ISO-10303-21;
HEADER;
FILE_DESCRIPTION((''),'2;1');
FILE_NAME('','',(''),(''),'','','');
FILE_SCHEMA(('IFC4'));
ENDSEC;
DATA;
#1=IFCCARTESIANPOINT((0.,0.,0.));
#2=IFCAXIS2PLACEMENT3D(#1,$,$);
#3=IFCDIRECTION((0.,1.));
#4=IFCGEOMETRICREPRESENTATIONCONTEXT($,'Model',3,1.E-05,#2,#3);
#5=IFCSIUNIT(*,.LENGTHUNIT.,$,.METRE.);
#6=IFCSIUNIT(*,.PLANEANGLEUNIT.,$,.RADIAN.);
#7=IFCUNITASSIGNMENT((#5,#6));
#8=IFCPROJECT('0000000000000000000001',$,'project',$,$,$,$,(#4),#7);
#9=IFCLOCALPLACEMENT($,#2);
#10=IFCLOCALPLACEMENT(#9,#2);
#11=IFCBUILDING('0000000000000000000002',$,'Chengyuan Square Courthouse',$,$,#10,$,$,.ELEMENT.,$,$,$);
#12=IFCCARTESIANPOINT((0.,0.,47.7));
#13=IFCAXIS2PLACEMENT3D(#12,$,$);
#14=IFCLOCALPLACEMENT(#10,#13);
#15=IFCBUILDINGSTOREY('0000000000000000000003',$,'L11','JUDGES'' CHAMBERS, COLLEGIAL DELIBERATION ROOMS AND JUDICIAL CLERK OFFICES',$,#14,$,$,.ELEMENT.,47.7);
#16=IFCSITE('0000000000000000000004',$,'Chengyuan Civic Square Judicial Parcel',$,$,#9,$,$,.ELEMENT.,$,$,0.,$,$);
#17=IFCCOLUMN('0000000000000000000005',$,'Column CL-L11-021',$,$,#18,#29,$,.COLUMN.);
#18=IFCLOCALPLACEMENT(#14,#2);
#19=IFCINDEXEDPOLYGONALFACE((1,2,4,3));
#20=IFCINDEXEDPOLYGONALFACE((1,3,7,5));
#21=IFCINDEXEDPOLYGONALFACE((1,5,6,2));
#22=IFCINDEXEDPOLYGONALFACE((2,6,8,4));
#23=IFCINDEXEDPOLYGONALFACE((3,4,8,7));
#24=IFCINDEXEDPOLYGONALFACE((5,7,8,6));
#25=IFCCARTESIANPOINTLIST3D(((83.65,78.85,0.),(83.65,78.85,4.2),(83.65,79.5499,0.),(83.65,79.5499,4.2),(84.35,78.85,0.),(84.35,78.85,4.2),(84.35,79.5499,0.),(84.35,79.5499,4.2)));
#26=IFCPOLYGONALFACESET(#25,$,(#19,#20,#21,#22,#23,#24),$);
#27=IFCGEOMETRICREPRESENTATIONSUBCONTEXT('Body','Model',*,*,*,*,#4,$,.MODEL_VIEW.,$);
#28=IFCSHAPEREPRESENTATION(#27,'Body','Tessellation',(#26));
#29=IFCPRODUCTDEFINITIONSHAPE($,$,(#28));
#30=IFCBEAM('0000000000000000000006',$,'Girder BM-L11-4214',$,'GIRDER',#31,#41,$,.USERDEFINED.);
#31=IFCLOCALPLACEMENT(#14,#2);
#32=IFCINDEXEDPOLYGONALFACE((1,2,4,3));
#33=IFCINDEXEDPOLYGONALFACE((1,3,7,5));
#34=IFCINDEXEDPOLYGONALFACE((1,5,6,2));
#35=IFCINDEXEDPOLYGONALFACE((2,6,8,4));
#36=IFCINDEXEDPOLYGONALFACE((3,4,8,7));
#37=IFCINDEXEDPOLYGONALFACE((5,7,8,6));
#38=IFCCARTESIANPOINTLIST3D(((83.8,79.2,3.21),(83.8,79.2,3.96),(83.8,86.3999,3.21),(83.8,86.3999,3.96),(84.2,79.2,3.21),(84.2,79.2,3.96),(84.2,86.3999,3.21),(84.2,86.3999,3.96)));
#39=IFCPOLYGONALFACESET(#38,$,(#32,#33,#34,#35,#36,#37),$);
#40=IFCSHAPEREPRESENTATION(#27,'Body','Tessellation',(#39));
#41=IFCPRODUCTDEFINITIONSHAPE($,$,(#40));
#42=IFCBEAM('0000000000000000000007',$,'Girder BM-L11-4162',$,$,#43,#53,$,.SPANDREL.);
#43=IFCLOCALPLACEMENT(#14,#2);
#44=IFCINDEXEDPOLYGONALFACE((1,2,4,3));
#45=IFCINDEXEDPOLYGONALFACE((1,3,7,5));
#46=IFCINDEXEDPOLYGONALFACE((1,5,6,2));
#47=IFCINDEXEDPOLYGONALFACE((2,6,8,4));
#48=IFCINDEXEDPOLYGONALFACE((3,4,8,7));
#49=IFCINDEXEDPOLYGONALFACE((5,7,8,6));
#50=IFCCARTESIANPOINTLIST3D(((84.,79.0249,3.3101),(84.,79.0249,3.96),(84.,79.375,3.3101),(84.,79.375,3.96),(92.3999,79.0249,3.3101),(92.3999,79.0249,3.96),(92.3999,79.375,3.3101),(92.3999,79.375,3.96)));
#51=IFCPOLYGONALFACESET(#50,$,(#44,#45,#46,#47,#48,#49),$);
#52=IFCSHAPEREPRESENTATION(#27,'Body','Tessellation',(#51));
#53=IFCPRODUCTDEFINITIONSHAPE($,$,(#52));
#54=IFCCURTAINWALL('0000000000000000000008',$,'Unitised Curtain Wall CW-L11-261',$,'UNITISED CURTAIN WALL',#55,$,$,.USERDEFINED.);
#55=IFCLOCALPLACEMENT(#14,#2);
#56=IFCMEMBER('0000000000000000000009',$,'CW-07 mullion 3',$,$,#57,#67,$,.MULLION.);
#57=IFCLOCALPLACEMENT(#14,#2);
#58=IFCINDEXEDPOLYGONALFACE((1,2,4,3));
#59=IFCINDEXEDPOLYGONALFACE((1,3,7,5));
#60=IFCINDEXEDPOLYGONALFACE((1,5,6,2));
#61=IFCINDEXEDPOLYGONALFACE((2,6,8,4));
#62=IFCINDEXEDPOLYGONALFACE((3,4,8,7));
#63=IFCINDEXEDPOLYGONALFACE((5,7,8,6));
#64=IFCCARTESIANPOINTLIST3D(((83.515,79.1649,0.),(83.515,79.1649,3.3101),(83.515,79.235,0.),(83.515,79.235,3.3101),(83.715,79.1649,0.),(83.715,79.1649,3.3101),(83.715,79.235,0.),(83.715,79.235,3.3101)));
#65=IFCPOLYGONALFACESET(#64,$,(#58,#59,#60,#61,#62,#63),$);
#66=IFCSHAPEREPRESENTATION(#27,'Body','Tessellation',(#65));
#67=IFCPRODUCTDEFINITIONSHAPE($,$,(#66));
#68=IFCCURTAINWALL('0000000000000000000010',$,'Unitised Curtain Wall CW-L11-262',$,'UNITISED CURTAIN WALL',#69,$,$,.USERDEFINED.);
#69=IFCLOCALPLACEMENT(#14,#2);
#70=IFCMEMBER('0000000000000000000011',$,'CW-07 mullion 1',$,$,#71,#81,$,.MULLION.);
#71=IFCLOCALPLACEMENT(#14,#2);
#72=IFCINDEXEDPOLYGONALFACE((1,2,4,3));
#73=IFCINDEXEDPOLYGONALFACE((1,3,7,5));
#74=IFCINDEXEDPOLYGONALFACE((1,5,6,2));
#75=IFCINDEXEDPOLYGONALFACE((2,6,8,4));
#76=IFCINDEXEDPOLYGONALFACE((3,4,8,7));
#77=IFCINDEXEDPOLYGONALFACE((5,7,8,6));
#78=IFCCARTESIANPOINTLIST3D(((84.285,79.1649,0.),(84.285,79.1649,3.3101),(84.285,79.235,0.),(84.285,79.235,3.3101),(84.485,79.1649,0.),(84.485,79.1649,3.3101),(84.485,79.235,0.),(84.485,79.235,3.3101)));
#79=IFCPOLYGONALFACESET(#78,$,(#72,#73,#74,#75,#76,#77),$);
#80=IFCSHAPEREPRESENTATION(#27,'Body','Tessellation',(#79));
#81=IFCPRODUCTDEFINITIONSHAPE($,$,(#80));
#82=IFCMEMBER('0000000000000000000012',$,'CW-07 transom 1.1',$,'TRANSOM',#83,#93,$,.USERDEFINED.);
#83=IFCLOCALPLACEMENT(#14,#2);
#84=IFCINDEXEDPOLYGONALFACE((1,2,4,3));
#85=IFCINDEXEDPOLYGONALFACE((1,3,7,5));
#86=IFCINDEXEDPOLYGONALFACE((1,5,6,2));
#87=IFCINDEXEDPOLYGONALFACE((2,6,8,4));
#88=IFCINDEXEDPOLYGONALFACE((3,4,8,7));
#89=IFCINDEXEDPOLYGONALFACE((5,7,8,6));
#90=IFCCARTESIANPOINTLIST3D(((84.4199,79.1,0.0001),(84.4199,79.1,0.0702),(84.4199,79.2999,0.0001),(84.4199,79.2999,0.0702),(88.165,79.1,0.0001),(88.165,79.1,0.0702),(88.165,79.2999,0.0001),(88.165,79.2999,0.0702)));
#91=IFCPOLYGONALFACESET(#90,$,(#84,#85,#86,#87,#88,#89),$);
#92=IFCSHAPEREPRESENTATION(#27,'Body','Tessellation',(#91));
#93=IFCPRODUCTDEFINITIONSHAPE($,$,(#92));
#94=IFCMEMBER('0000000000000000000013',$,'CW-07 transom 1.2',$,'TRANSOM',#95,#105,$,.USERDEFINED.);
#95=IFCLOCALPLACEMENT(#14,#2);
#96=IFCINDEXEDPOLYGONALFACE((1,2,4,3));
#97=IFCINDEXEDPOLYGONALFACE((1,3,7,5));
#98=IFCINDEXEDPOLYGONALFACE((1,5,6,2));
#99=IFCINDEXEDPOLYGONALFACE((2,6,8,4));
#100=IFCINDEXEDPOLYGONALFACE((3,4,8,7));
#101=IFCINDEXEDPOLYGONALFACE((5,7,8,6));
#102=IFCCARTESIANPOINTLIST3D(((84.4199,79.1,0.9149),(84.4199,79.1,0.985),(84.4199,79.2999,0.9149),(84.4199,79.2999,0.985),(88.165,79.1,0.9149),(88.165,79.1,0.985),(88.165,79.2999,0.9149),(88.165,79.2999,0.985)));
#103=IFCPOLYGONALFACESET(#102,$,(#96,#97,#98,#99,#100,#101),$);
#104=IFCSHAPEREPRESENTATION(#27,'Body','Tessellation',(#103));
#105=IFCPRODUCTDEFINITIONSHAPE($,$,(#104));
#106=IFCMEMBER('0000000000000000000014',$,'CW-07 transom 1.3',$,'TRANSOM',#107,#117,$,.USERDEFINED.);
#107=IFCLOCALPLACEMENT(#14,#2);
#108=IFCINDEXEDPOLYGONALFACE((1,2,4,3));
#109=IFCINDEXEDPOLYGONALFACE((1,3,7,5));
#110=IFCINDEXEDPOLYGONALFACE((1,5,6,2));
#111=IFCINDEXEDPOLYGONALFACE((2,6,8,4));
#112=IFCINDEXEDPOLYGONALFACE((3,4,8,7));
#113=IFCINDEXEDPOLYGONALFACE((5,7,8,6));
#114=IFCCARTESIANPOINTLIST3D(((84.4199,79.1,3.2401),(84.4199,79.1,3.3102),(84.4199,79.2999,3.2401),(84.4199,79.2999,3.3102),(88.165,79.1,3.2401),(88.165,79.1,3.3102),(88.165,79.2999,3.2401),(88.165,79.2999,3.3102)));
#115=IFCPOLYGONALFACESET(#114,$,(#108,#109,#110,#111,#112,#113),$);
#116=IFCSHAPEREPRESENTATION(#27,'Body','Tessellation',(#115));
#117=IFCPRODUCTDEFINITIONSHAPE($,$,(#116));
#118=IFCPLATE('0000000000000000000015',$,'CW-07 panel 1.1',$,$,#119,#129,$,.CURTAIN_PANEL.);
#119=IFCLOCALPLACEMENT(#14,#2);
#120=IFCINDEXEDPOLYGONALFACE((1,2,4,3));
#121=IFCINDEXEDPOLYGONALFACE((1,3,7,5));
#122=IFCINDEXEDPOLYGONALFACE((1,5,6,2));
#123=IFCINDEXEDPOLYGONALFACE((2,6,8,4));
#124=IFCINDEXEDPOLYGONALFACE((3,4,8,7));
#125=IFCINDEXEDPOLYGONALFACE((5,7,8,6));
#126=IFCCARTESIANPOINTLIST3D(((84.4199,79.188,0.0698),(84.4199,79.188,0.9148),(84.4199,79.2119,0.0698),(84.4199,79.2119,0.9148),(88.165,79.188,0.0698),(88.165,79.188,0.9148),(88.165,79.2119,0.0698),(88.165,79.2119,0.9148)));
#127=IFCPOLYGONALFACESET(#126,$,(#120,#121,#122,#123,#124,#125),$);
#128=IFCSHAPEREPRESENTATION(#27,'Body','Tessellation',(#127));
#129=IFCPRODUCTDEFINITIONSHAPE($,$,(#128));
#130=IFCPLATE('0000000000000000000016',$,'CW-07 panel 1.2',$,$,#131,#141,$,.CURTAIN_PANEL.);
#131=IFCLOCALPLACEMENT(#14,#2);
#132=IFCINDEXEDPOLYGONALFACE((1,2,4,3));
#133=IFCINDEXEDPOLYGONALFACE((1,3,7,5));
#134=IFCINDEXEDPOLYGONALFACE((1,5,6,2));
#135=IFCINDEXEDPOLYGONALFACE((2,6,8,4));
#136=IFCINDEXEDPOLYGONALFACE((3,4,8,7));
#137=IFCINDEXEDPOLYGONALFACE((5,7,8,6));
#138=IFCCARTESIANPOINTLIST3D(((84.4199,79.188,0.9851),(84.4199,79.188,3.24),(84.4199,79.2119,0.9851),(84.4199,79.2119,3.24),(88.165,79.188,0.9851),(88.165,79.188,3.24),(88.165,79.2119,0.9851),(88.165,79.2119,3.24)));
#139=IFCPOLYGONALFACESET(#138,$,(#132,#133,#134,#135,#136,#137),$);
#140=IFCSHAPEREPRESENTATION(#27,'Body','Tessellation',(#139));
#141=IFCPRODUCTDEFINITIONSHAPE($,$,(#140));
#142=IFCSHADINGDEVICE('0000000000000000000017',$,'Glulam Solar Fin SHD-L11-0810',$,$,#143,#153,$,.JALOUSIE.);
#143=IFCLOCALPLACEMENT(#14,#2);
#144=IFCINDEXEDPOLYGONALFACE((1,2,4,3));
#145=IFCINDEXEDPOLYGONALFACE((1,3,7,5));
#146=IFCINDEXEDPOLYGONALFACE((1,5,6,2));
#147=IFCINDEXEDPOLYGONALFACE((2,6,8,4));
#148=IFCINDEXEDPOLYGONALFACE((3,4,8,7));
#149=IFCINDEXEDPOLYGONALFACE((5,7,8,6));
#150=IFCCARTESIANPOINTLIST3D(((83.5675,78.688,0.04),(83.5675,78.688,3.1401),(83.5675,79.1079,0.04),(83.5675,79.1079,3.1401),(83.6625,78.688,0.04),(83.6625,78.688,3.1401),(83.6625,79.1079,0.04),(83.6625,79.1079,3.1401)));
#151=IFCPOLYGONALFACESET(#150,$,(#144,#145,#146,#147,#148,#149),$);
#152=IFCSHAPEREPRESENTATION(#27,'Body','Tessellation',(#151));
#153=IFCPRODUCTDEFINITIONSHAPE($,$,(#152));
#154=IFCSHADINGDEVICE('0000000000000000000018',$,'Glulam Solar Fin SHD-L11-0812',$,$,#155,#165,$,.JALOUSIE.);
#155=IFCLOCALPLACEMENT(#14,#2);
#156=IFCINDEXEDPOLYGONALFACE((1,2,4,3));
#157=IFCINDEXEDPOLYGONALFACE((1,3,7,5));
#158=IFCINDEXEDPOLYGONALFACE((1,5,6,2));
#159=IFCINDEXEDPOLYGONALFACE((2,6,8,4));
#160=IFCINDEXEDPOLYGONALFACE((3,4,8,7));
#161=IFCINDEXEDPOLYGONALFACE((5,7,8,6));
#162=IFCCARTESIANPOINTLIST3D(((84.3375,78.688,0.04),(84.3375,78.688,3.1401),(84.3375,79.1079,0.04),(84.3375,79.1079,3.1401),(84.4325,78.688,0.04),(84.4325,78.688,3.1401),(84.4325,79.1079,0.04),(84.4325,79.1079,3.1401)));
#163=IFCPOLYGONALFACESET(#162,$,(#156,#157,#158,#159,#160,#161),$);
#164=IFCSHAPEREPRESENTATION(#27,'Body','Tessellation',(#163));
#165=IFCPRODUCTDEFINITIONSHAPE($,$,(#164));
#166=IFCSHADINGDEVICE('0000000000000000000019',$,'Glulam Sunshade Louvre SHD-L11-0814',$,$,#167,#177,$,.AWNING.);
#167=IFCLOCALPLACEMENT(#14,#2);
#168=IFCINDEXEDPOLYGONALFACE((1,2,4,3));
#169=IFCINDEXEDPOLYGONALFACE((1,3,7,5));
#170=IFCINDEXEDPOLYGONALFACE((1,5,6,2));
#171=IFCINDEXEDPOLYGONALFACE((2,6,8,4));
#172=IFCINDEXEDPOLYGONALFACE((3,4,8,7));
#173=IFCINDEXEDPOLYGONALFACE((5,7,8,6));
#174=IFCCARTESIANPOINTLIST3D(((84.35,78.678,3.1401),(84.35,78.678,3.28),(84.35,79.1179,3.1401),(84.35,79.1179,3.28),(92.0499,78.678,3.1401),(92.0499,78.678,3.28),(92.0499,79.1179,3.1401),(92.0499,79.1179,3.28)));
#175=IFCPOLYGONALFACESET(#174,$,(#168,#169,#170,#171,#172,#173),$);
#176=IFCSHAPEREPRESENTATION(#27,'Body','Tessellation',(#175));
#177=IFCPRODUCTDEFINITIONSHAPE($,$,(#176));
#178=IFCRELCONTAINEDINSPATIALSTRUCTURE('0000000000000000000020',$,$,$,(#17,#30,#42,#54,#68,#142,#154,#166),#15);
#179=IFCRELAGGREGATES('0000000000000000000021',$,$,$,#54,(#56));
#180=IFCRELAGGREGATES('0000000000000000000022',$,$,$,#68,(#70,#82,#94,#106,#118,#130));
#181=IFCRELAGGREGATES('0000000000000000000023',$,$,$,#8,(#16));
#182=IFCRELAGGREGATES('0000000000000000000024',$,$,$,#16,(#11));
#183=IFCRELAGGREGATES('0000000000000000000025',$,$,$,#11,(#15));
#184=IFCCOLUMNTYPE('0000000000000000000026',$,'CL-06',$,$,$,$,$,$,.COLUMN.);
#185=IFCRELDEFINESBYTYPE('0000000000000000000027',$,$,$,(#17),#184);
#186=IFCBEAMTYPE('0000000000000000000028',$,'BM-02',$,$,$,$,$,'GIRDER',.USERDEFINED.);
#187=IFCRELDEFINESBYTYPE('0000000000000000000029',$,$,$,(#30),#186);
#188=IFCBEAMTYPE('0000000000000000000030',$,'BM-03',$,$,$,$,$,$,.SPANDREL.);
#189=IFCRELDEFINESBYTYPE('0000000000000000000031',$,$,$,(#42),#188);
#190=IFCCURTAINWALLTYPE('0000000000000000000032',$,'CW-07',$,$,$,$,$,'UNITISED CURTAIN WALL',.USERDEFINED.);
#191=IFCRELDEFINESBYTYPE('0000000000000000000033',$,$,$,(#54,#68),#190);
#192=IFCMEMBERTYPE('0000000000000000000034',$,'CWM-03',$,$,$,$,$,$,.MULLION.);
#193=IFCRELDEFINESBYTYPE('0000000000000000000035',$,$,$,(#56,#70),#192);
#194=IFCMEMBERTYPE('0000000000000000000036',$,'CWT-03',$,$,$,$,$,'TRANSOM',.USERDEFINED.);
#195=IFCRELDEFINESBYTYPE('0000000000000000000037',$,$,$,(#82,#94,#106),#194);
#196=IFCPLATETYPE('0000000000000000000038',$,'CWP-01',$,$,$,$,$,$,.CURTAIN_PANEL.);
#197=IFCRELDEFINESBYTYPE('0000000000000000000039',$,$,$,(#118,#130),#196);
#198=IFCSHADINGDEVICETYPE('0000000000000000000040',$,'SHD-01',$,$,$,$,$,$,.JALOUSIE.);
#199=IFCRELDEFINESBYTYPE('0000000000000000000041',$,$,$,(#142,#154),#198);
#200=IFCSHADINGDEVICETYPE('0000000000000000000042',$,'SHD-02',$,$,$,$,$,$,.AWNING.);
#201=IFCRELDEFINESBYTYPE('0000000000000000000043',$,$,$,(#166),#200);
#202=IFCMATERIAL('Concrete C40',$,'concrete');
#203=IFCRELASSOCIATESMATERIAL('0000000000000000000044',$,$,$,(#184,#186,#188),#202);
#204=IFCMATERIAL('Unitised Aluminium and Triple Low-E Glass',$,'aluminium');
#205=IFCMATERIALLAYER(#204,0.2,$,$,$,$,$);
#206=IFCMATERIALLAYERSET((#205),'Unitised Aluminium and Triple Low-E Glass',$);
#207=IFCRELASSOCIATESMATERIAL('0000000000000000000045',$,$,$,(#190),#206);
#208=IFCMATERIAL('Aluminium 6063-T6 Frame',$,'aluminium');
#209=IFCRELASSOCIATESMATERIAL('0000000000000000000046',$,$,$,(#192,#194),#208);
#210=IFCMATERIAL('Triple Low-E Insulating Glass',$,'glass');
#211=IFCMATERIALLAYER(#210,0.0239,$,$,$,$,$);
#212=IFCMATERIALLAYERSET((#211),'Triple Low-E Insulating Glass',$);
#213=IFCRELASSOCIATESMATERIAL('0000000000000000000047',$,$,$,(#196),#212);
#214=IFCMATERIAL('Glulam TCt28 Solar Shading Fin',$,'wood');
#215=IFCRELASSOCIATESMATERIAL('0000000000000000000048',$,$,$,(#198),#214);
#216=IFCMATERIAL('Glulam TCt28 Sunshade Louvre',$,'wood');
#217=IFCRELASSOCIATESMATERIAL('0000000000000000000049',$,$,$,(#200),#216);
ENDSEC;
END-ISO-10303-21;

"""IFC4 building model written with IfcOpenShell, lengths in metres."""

from ifc_helpers import new_model, si_unit, direction, frame, origin, origin_2d, place, context, subcontext, project, spatial, rectangle, extrude, material, layer, layer_set, material_profile, profile_set, type_object, element, aggregate, save


model = new_model("IFC4")

# Units and contexts
model_context = context("Model", 3, precision=1e-05, world=origin(), true_north=direction((0.0, 1.0)))
body_context = subcontext(model_context, "Body", "Model", "MODEL_VIEW")
ifc_project = project(units=[si_unit("LENGTHUNIT", "METRE"), si_unit("PLANEANGLEUNIT", "RADIAN")], contexts=[model_context])

# Site, building, storey
site_placement = place(None, origin())
site = spatial("IfcSite", under=ifc_project, at=site_placement, Name="Chengyuan Civic Square Judicial Parcel", CompositionType="ELEMENT", RefElevation=0.0)
building_placement = place(site_placement, origin())
building = spatial("IfcBuilding", under=site, at=building_placement, Name="Chengyuan Square Courthouse", CompositionType="ELEMENT")
storey_placement = place(building_placement, frame((0.0, 0.0, 47.7)))
storey = spatial("IfcBuildingStorey", under=building, at=storey_placement, Name="L11", Description="JUDGES' CHAMBERS, COLLEGIAL DELIBERATION ROOMS AND JUDICIAL CLERK OFFICES", CompositionType="ELEMENT", Elevation=47.7)

# Column
ifc_material_1 = material(Name="Concrete C40", Category="concrete")
ifc_material_profile_1 = material_profile(ifc_material_1, rectangle(XDim=0.7, YDim=0.7, at=origin_2d()), Name="RC-COL-700x700")
ifc_profile_set_1 = profile_set([ifc_material_profile_1], Name="Concrete C40")
column_type = type_object("IfcColumnType", Name="CL-06", PredefinedType="COLUMN", material=ifc_profile_set_1)
column_placement = place(storey_placement, frame((84.0, 79.2, 0.0), z_axis=(0.0, 0.0, 1.0), x_axis=(1.0, 0.0, 0.0)))
element("IfcColumn", 1, at=column_placement, inside=storey, type_object=column_type, Name="Column CL-L11-021", PredefinedType="COLUMN", context=body_context, shape_type="SweptSolid", body=[
    extrude(rectangle(XDim=0.7, YDim=0.7, at=origin_2d()), origin(), (0.0, 0.0, 1.0), 4.2),
])

# Beams
ifc_material_profile_2 = material_profile(ifc_material_1, rectangle(XDim=0.3999, YDim=0.75, at=origin_2d()), Name="RC-BM-400x750")
ifc_profile_set_2 = profile_set([ifc_material_profile_2], Name="Concrete C40")
beam_type_1 = type_object("IfcBeamType", Name="BM-02", ElementType="GIRDER", PredefinedType="USERDEFINED", material=ifc_profile_set_2)
beam_1_placement = place(storey_placement, frame((84.0, 79.2, 3.585), z_axis=(0.0, 1.0, 0.0), x_axis=(-1.0, 0.0, 0.0)))
element("IfcBeam", 2, at=beam_1_placement, inside=storey, type_object=beam_type_1, Name="Girder BM-L11-4214", ObjectType="GIRDER", PredefinedType="USERDEFINED", context=body_context, shape_type="SweptSolid", body=[
    extrude(rectangle(XDim=0.3999, YDim=0.75, at=origin_2d()), origin(), (0.0, 0.0, 1.0), 7.2),
])
ifc_material_profile_3 = material_profile(ifc_material_1, rectangle(XDim=0.3501, YDim=0.6499, at=origin_2d()), Name="RC-BM-350x650")
ifc_profile_set_3 = profile_set([ifc_material_profile_3], Name="Concrete C40")
beam_type_2 = type_object("IfcBeamType", Name="BM-03", PredefinedType="SPANDREL", material=ifc_profile_set_3)
beam_2_placement = place(storey_placement, frame((84.0, 79.2, 3.635), z_axis=(1.0, 0.0, 0.0), x_axis=(0.0, 1.0, 0.0)))
element("IfcBeam", 3, at=beam_2_placement, inside=storey, type_object=beam_type_2, Name="Girder BM-L11-4162", PredefinedType="SPANDREL", context=body_context, shape_type="SweptSolid", body=[
    extrude(rectangle(XDim=0.3501, YDim=0.6499, at=origin_2d()), origin(), (0.0, 0.0, 1.0), 8.3999),
])

# Curtain wall, member
ifc_material_2 = material(Name="Unitised Aluminium and Triple Low-E Glass", Category="aluminium")
ifc_layer_1 = layer(ifc_material_2, 0.2)
ifc_layer_set_1 = layer_set([ifc_layer_1], Name="Unitised Aluminium and Triple Low-E Glass")
curtain_wall_type = type_object("IfcCurtainWallType", Name="CW-07", ElementType="UNITISED CURTAIN WALL", PredefinedType="USERDEFINED", material=ifc_layer_set_1)
curtain_wall_1_placement = place(storey_placement, origin())
curtain_wall_1 = element("IfcCurtainWall", 4, at=curtain_wall_1_placement, inside=storey, type_object=curtain_wall_type, Name="Unitised Curtain Wall CW-L11-261", ObjectType="UNITISED CURTAIN WALL", PredefinedType="USERDEFINED")
ifc_material_3 = material(Name="Aluminium 6063-T6 Frame", Category="aluminium")
ifc_material_profile_4 = material_profile(ifc_material_3, rectangle(XDim=0.0701, YDim=0.2, at=origin_2d()), Name="CW-MUL-70x200")
ifc_profile_set_4 = profile_set([ifc_material_profile_4], Name="Aluminium 6063-T6 Frame")
member_type_1 = type_object("IfcMemberType", Name="CWM-03", PredefinedType="MULLION", material=ifc_profile_set_4)
member_1_placement = place(storey_placement, frame((83.615, 79.2, 0.0), z_axis=(0.0, 0.0, 1.0), x_axis=(0.0, 1.0, 0.0)))
member_1 = element("IfcMember", 5, at=member_1_placement, type_object=member_type_1, Name="CW-07 mullion 3", PredefinedType="MULLION", context=body_context, shape_type="SweptSolid", body=[
    extrude(rectangle(XDim=0.0701, YDim=0.2, at=origin_2d()), origin(), (0.0, 0.0, 1.0), 3.3101),
])
aggregate(curtain_wall_1, [member_1])

# Curtain wall, members, plates
curtain_wall_2_placement = place(storey_placement, origin())
curtain_wall_2 = element("IfcCurtainWall", 6, at=curtain_wall_2_placement, inside=storey, type_object=curtain_wall_type, Name="Unitised Curtain Wall CW-L11-262", ObjectType="UNITISED CURTAIN WALL", PredefinedType="USERDEFINED")
member_2_placement = place(storey_placement, frame((84.385, 79.2, 0.0), z_axis=(0.0, 0.0, 1.0), x_axis=(0.0, 1.0, 0.0)))
member_2 = element("IfcMember", 7, at=member_2_placement, type_object=member_type_1, Name="CW-07 mullion 1", PredefinedType="MULLION", context=body_context, shape_type="SweptSolid", body=[
    extrude(rectangle(XDim=0.0701, YDim=0.2, at=origin_2d()), origin(), (0.0, 0.0, 1.0), 3.3101),
])
ifc_material_profile_5 = material_profile(ifc_material_3, rectangle(XDim=0.2, YDim=0.0701, at=origin_2d()), Name="CW-TRN-70x160")
ifc_profile_set_5 = profile_set([ifc_material_profile_5], Name="Aluminium 6063-T6 Frame")
member_type_2 = type_object("IfcMemberType", Name="CWT-03", ElementType="TRANSOM", PredefinedType="USERDEFINED", material=ifc_profile_set_5)
member_3_placement = place(storey_placement, frame((84.4199, 79.2, 0.0352), z_axis=(1.0, 0.0, 0.0), x_axis=(0.0, 1.0, 0.0)))
member_3 = element("IfcMember", 8, at=member_3_placement, type_object=member_type_2, Name="CW-07 transom 1.1", ObjectType="TRANSOM", PredefinedType="USERDEFINED", context=body_context, shape_type="SweptSolid", body=[
    extrude(rectangle(XDim=0.2, YDim=0.0701, at=origin_2d()), origin(), (0.0, 0.0, 1.0), 3.7451),
])
member_4_placement = place(storey_placement, frame((84.4199, 79.2, 0.95), z_axis=(1.0, 0.0, 0.0), x_axis=(0.0, 1.0, 0.0)))
member_4 = element("IfcMember", 9, at=member_4_placement, type_object=member_type_2, Name="CW-07 transom 1.2", ObjectType="TRANSOM", PredefinedType="USERDEFINED", context=body_context, shape_type="SweptSolid", body=[
    extrude(rectangle(XDim=0.2, YDim=0.0701, at=origin_2d()), origin(), (0.0, 0.0, 1.0), 3.7451),
])
member_5_placement = place(storey_placement, frame((84.4199, 79.2, 3.2751), z_axis=(1.0, 0.0, 0.0), x_axis=(0.0, 1.0, 0.0)))
member_5 = element("IfcMember", 10, at=member_5_placement, type_object=member_type_2, Name="CW-07 transom 1.3", ObjectType="TRANSOM", PredefinedType="USERDEFINED", context=body_context, shape_type="SweptSolid", body=[
    extrude(rectangle(XDim=0.2, YDim=0.0701, at=origin_2d()), origin(), (0.0, 0.0, 1.0), 3.7451),
])
ifc_material_4 = material(Name="Triple Low-E Insulating Glass", Category="glass")
ifc_layer_2 = layer(ifc_material_4, 0.0239)
ifc_layer_set_2 = layer_set([ifc_layer_2], Name="Triple Low-E Insulating Glass")
plate_type = type_object("IfcPlateType", Name="CWP-01", PredefinedType="CURTAIN_PANEL", material=ifc_layer_set_2)
plate_1_placement = place(storey_placement, frame((86.2925, 79.2, 0.0698), z_axis=(0.0, 0.0, 1.0), x_axis=(1.0, 0.0, 0.0)))
plate_1 = element("IfcPlate", 11, at=plate_1_placement, type_object=plate_type, Name="CW-07 panel 1.1", PredefinedType="CURTAIN_PANEL", context=body_context, shape_type="SweptSolid", body=[
    extrude(rectangle(XDim=3.7451, YDim=0.0239, at=origin_2d()), origin(), (0.0, 0.0, 1.0), 0.845),
])
plate_2_placement = place(storey_placement, frame((86.2925, 79.2, 0.9851), z_axis=(0.0, 0.0, 1.0), x_axis=(1.0, 0.0, 0.0)))
plate_2 = element("IfcPlate", 12, at=plate_2_placement, type_object=plate_type, Name="CW-07 panel 1.2", PredefinedType="CURTAIN_PANEL", context=body_context, shape_type="SweptSolid", body=[
    extrude(rectangle(XDim=3.7451, YDim=0.0239, at=origin_2d()), origin(), (0.0, 0.0, 1.0), 2.2549),
])
aggregate(curtain_wall_2, [member_2, member_3, member_4, member_5, plate_1, plate_2])

# Shading devices
ifc_material_5 = material(Name="Glulam TCt28 Solar Shading Fin", Category="wood")
shading_device_type_1 = type_object("IfcShadingDeviceType", Name="SHD-01", PredefinedType="JALOUSIE", material=ifc_material_5)
for number, where, z_axis, x_axis, name in (
    (13, (83.615, 78.8979, 0.04), (0.0, 0.0, 1.0), (0.0, 1.0, 0.0), "Glulam Solar Fin SHD-L11-0810"),
    (14, (84.385, 78.8979, 0.04), (0.0, 0.0, 1.0), (0.0, 1.0, 0.0), "Glulam Solar Fin SHD-L11-0812"),
):
    element("IfcShadingDevice", number, at=place(storey_placement, frame(where, z_axis=z_axis, x_axis=x_axis)), inside=storey, type_object=shading_device_type_1, Name=name, PredefinedType="JALOUSIE", context=body_context, shape_type="SweptSolid", body=[
        extrude(rectangle(XDim=0.4199, YDim=0.095, at=origin_2d()), origin(), (0.0, 0.0, 1.0), 3.1001),
    ])
ifc_material_6 = material(Name="Glulam TCt28 Sunshade Louvre", Category="wood")
shading_device_type_2 = type_object("IfcShadingDeviceType", Name="SHD-02", PredefinedType="AWNING", material=ifc_material_6)
shading_device_placement = place(storey_placement, frame((88.2, 78.8979, 3.1401), z_axis=(0.0, 0.0, 1.0), x_axis=(1.0, 0.0, 0.0)))
element("IfcShadingDevice", 15, at=shading_device_placement, inside=storey, type_object=shading_device_type_2, Name="Glulam Sunshade Louvre SHD-L11-0814", PredefinedType="AWNING", context=body_context, shape_type="SweptSolid", body=[
    extrude(rectangle(XDim=7.7, YDim=0.4399, at=origin_2d()), origin(), (0.0, 0.0, 1.0), 0.1399),
])

save(model, "model.ifc")
